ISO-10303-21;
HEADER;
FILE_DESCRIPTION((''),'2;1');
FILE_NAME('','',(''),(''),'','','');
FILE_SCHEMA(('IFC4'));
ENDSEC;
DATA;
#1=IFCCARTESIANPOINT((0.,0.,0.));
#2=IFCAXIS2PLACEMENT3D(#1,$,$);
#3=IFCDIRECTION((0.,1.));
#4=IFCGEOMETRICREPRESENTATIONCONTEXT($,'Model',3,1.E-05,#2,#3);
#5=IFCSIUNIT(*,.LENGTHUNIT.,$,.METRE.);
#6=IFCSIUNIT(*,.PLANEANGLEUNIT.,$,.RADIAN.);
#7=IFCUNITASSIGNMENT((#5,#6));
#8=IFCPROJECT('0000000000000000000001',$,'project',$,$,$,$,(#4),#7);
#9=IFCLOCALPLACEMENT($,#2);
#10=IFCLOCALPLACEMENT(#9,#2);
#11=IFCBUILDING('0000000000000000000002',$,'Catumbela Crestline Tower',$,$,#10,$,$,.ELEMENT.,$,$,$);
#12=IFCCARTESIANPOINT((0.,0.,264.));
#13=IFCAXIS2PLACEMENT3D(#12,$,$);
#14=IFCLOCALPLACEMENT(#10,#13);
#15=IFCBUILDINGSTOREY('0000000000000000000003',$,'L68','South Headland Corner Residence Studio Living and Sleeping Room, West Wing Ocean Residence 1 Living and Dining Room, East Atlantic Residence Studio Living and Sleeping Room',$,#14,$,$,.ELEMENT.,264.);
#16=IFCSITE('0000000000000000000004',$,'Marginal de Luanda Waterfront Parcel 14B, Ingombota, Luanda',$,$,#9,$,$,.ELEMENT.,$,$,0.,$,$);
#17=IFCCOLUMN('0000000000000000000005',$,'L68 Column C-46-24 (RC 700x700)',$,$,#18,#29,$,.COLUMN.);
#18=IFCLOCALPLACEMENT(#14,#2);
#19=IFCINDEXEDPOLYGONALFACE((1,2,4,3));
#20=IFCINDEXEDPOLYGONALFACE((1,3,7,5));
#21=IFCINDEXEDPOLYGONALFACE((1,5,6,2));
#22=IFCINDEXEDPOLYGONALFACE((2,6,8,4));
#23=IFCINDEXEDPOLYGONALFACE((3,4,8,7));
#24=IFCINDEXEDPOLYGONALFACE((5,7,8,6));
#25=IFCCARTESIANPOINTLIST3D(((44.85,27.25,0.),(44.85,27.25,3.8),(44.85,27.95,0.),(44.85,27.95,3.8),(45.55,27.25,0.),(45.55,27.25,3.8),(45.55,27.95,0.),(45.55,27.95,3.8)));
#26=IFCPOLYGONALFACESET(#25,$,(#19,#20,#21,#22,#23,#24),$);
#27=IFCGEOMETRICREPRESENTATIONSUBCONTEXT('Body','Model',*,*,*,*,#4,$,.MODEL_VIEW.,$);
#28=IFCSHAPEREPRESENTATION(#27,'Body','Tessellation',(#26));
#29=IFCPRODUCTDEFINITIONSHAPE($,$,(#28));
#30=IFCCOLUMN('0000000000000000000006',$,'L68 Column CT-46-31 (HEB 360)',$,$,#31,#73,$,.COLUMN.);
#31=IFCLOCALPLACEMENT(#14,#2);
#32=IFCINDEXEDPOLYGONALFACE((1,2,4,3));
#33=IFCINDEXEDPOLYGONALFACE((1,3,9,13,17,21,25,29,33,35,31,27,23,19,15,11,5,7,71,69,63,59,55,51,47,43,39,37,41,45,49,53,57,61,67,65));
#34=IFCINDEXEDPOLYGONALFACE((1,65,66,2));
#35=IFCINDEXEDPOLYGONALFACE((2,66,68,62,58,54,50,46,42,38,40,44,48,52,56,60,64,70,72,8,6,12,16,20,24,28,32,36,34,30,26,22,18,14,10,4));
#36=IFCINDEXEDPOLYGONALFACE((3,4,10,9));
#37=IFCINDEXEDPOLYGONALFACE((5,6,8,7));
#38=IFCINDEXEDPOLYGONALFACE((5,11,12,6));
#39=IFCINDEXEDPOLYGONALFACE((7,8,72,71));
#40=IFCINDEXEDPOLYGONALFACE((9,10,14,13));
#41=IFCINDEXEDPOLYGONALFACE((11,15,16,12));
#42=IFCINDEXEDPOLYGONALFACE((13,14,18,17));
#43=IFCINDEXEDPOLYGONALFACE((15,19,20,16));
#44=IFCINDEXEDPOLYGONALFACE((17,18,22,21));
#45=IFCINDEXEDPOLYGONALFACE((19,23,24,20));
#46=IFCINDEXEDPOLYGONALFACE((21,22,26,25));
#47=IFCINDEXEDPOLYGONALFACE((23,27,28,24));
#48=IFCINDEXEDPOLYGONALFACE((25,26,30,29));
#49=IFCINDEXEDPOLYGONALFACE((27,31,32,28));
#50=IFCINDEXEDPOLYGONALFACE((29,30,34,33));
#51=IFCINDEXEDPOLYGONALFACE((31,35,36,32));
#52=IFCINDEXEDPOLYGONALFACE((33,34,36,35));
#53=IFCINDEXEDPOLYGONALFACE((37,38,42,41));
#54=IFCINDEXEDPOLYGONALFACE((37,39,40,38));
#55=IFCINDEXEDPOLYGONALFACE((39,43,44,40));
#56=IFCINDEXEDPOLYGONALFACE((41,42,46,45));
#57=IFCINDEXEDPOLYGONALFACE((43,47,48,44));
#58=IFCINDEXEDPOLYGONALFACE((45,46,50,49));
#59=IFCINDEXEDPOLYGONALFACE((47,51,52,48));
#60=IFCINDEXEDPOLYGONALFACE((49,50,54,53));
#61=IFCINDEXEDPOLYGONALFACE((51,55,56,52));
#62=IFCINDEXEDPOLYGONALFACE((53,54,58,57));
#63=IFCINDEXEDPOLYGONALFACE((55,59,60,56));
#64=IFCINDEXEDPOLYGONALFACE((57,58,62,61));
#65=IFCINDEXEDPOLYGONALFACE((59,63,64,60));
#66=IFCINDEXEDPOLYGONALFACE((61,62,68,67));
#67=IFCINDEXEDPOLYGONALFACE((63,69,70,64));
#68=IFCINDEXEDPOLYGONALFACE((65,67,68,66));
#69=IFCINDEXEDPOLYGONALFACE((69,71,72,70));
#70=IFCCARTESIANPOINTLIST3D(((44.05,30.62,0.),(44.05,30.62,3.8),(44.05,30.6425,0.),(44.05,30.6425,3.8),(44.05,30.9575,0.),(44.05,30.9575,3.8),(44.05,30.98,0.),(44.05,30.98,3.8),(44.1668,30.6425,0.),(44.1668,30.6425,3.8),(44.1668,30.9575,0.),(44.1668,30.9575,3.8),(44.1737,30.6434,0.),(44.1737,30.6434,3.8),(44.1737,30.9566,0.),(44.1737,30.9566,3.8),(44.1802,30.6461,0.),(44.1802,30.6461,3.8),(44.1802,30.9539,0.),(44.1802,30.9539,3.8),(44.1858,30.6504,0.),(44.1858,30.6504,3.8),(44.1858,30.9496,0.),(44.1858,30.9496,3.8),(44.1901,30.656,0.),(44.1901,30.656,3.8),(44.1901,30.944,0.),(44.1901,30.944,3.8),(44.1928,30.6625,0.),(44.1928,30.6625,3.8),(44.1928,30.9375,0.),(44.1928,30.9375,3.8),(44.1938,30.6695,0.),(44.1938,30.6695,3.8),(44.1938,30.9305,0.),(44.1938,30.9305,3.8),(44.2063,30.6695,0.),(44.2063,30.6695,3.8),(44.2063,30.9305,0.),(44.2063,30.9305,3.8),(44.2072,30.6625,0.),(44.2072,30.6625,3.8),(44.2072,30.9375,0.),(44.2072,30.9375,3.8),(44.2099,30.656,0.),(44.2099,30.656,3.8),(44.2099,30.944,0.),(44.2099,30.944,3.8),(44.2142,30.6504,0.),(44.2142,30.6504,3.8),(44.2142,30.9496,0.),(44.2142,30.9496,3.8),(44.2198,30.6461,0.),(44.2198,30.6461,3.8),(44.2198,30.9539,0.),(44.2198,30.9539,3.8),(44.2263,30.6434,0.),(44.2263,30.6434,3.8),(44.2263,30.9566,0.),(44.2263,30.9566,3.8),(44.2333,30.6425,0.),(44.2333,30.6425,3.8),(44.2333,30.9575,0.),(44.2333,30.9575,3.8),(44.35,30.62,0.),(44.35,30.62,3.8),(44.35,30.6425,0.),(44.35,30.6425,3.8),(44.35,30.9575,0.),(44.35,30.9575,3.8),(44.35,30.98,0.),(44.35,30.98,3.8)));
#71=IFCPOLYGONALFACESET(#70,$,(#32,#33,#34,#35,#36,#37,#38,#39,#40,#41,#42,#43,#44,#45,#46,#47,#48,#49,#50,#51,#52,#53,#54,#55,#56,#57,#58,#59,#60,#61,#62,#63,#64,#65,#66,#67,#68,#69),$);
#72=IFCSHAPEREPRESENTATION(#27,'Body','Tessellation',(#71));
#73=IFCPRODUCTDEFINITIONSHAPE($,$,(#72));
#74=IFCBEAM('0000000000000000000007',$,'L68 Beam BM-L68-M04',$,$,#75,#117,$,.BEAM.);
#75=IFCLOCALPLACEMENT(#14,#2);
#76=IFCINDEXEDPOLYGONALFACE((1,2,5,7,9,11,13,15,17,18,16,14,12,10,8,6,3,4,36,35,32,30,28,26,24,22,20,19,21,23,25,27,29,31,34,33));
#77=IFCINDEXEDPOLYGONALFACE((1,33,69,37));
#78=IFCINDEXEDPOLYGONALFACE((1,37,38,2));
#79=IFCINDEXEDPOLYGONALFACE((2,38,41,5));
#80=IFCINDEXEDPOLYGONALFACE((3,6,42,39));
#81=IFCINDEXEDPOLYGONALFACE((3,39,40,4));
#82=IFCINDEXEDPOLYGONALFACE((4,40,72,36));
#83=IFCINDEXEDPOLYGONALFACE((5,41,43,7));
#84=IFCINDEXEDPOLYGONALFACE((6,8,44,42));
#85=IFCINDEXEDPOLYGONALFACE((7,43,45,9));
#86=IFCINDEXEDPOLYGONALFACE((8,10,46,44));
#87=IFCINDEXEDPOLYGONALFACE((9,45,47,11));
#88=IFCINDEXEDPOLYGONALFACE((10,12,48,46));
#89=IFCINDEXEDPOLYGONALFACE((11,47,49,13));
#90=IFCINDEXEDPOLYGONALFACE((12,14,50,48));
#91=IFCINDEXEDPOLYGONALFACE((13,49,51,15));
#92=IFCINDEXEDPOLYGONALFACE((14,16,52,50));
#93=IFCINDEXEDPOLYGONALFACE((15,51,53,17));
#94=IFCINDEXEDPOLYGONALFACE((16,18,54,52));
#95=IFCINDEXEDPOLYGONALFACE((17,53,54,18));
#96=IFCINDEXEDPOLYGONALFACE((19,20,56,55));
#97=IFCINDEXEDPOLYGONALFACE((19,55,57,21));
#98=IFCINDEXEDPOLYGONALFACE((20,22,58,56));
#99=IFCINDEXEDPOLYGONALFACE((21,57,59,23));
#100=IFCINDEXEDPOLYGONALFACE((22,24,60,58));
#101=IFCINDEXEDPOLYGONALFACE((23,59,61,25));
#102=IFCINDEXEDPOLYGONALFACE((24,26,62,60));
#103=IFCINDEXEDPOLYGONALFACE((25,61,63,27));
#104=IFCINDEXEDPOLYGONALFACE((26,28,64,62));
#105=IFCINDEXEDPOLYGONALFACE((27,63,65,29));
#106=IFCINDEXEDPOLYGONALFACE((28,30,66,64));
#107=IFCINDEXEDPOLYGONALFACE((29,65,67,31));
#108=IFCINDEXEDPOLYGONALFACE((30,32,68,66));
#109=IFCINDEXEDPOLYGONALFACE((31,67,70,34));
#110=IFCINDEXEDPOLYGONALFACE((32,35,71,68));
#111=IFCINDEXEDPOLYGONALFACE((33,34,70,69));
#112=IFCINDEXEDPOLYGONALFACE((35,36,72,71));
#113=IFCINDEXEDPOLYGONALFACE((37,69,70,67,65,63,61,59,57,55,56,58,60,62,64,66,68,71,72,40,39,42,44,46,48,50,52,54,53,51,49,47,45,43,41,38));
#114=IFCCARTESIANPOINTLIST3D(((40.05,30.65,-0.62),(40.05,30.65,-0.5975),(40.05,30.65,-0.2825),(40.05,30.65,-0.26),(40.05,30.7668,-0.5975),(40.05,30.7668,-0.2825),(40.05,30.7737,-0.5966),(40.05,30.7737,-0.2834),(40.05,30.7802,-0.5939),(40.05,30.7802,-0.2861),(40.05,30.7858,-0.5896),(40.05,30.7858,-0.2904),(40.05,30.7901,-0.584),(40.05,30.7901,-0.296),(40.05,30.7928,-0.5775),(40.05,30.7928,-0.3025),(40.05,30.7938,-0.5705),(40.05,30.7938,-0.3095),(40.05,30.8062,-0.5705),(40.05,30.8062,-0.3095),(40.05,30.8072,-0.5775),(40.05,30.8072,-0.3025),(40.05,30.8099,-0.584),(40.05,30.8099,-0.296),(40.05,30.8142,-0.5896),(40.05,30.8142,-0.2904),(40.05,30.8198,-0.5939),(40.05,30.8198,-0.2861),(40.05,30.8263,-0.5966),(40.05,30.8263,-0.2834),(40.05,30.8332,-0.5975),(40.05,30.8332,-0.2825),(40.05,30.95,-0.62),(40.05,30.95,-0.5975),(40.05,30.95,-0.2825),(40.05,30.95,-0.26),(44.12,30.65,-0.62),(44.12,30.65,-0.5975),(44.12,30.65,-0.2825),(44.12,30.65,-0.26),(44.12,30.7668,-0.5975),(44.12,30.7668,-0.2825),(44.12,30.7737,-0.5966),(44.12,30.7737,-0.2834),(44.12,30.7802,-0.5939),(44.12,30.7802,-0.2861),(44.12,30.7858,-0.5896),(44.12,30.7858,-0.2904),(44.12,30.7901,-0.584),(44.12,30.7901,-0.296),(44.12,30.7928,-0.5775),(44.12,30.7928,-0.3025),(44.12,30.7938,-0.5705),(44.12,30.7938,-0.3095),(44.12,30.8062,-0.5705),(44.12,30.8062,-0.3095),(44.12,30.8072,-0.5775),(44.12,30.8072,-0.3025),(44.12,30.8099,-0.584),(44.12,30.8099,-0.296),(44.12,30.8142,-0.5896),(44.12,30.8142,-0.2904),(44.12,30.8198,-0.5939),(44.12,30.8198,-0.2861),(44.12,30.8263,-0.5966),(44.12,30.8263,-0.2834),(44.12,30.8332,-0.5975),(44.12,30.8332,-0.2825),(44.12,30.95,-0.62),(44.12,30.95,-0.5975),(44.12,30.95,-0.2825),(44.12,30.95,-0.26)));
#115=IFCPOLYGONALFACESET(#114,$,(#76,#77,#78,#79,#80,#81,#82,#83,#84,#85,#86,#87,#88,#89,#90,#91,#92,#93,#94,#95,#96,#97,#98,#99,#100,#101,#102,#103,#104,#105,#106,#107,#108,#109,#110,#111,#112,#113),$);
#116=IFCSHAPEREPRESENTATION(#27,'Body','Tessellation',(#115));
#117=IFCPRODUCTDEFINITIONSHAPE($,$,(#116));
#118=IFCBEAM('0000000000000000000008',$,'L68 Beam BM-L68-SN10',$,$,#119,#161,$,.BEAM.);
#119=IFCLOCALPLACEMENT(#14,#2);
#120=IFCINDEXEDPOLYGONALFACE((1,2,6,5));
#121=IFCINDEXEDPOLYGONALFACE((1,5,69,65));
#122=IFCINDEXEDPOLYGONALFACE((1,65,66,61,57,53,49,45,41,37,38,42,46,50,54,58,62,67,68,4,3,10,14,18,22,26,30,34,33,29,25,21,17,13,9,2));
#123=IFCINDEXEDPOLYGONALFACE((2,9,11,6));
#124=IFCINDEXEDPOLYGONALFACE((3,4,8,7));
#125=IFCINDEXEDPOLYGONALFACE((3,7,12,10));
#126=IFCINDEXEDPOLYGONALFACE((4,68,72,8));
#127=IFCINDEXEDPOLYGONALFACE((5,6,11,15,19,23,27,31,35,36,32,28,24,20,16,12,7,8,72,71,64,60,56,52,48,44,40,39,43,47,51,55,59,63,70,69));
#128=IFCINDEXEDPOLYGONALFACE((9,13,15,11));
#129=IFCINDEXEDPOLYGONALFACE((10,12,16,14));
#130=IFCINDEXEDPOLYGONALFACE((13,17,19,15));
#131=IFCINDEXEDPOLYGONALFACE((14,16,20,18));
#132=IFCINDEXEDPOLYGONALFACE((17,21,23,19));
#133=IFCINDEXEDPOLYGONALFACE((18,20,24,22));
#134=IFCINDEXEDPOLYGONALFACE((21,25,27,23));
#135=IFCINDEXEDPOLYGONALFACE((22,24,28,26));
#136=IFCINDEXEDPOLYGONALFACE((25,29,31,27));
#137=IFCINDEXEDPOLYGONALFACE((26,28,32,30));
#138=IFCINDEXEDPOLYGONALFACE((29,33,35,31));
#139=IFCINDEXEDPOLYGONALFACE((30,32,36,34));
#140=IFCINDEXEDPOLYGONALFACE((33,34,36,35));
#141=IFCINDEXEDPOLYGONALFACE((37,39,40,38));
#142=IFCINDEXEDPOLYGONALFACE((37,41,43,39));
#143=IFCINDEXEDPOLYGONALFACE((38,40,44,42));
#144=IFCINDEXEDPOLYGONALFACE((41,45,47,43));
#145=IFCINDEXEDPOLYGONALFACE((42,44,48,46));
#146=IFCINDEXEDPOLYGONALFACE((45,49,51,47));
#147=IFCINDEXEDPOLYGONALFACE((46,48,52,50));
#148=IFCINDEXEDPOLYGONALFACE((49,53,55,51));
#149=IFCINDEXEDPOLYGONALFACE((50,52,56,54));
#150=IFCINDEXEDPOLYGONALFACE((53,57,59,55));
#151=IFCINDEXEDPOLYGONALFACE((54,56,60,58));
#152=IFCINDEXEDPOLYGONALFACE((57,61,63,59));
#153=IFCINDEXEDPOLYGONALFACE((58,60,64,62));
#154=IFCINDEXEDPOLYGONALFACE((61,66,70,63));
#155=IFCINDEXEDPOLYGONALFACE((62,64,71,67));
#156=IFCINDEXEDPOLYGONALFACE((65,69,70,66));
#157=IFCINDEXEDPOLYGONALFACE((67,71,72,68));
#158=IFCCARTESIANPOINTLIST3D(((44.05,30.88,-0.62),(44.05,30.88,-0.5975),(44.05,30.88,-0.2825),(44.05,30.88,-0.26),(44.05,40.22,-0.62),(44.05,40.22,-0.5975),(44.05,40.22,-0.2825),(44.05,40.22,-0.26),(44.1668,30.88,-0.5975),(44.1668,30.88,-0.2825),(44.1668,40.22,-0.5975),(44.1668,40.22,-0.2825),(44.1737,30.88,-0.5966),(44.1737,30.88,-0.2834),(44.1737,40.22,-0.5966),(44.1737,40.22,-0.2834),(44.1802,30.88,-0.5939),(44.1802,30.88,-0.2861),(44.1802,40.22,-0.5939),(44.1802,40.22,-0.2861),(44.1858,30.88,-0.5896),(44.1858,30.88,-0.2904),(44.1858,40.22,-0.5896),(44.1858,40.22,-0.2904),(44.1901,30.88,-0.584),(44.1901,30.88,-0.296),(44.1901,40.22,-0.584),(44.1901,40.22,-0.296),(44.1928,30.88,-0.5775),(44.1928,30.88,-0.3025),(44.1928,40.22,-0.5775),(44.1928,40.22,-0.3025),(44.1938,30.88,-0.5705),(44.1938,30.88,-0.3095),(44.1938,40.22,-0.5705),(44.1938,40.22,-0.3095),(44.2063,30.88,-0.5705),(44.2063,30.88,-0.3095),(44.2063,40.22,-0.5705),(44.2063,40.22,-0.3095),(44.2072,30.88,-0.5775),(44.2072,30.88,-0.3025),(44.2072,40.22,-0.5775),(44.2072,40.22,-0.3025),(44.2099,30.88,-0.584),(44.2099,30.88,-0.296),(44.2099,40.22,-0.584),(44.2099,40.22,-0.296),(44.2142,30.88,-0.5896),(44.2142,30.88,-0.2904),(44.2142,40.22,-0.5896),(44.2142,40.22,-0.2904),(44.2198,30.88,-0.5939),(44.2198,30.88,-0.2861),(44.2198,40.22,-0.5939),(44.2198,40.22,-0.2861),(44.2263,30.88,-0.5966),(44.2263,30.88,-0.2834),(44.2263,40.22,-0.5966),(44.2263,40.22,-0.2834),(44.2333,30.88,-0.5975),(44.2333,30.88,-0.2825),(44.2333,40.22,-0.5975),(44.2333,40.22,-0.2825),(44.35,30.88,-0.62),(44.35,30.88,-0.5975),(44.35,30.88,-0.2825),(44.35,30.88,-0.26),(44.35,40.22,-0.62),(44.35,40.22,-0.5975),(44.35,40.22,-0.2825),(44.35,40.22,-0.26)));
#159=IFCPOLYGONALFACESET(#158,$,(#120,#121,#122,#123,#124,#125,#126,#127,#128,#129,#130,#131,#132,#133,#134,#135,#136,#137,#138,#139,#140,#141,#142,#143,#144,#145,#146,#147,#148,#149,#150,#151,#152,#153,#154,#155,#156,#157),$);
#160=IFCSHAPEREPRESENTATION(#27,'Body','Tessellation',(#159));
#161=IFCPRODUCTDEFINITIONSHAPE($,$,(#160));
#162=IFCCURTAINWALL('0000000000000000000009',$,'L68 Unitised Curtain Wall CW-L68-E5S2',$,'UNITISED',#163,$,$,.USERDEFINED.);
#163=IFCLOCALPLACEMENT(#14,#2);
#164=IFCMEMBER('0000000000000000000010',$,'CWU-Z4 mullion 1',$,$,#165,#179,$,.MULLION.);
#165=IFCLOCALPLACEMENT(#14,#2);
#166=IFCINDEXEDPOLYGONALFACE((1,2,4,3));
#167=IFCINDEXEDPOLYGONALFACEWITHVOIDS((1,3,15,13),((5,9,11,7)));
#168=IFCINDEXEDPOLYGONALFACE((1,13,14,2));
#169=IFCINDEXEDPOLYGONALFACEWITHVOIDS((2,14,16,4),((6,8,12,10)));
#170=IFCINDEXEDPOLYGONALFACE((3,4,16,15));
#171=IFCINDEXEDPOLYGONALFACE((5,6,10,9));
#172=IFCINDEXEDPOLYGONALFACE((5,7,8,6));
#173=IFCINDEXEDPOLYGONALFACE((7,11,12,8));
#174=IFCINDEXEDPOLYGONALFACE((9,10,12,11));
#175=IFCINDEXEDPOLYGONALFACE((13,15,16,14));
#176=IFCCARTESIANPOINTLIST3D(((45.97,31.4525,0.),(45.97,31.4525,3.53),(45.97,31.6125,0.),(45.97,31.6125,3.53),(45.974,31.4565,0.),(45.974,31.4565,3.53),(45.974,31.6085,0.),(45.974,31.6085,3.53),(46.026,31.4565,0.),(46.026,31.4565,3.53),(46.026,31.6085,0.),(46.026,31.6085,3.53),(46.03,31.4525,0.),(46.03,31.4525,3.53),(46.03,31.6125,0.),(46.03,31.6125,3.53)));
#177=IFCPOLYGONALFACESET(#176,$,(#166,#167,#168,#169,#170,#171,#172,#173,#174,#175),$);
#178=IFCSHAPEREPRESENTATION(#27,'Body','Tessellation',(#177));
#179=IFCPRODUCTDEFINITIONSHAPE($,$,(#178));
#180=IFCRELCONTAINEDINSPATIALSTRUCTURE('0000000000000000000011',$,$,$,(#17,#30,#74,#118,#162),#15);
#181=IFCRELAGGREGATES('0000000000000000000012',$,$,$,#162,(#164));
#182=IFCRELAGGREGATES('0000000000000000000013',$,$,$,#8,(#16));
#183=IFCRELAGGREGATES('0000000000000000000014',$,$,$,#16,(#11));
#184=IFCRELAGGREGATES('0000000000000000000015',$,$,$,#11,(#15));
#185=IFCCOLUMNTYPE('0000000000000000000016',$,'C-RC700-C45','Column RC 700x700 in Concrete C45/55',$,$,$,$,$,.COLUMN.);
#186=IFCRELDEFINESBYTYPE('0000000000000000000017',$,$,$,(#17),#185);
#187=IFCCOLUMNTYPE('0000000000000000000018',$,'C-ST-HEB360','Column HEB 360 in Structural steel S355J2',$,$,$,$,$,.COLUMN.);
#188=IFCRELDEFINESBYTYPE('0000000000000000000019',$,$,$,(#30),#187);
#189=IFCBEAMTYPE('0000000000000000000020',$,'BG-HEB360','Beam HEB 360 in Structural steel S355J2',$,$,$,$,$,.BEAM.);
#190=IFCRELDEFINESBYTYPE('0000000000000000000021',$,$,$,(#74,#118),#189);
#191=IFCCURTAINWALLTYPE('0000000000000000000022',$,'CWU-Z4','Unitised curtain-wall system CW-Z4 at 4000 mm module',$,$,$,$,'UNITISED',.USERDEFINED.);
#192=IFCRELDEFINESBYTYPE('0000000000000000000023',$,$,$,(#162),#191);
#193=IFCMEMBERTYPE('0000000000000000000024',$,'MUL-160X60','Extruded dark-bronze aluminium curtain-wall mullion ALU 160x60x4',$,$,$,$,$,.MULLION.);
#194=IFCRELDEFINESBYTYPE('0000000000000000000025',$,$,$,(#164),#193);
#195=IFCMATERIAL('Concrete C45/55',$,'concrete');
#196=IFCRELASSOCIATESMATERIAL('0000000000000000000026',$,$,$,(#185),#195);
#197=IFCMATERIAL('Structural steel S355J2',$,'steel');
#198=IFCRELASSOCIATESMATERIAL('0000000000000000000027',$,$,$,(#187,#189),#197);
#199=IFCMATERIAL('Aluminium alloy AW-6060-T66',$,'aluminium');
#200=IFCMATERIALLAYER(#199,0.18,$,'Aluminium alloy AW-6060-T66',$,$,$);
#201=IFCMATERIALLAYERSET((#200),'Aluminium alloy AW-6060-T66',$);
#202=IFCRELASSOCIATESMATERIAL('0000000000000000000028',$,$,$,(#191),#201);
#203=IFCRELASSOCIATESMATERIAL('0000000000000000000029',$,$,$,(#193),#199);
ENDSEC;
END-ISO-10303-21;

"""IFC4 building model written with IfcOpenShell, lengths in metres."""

from ifc_helpers import new_model, si_unit, direction, frame, origin, origin_2d, place, context, subcontext, project, spatial, rectangle, hollow_rectangle, i_section, extrude, material, layer, layer_set, material_profile, profile_set, type_object, element, aggregate, save


model = new_model("IFC4")

# Units and contexts
model_context = context("Model", 3, precision=1e-05, world=origin(), true_north=direction((0.0, 1.0)))
body_context = subcontext(model_context, "Body", "Model", "MODEL_VIEW")
ifc_project = project(units=[si_unit("LENGTHUNIT", "METRE"), si_unit("PLANEANGLEUNIT", "RADIAN")], contexts=[model_context])

# Site, building, storey
site_placement = place(None, origin())
site = spatial("IfcSite", under=ifc_project, at=site_placement, Name="Marginal de Luanda Waterfront Parcel 14B, Ingombota, Luanda", CompositionType="ELEMENT", RefElevation=0.0)
building_placement = place(site_placement, origin())
building = spatial("IfcBuilding", under=site, at=building_placement, Name="Catumbela Crestline Tower", CompositionType="ELEMENT")
storey_placement = place(building_placement, frame((0.0, 0.0, 264.0)))
storey = spatial("IfcBuildingStorey", under=building, at=storey_placement, Name="L68", Description="South Headland Corner Residence Studio Living and Sleeping Room, West Wing Ocean Residence 1 Living and Dining Room, East Atlantic Residence Studio Living and Sleeping Room", CompositionType="ELEMENT", Elevation=264.0)

# Columns
ifc_material_1 = material(Name="Concrete C45/55", Category="concrete")
ifc_material_profile_1 = material_profile(ifc_material_1, rectangle(XDim=0.7, YDim=0.7, at=origin_2d()), Name="RC 700x700")
ifc_profile_set_1 = profile_set([ifc_material_profile_1], Name="Concrete C45/55")
column_type_1 = type_object("IfcColumnType", Name="C-RC700-C45", Description="Column RC 700x700 in Concrete C45/55", PredefinedType="COLUMN", material=ifc_profile_set_1)
column_1_placement = place(storey_placement, frame((45.2, 27.6, 0.0), z_axis=(0.0, 0.0, 1.0), x_axis=(1.0, 0.0, 0.0)))
element("IfcColumn", 1, at=column_1_placement, inside=storey, type_object=column_type_1, Name="L68 Column C-46-24 (RC 700x700)", PredefinedType="COLUMN", context=body_context, shape_type="SweptSolid", body=[
    extrude(rectangle(XDim=0.7, YDim=0.7, at=origin_2d()), origin(), (0.0, 0.0, 1.0), 3.8),
])
ifc_material_2 = material(Name="Structural steel S355J2", Category="steel")
ifc_material_profile_2 = material_profile(ifc_material_2, i_section(OverallWidth=0.3, OverallDepth=0.36, WebThickness=0.0125, FlangeThickness=0.0225, FilletRadius=0.027, at=origin_2d()), Name="HEB 360")
ifc_profile_set_2 = profile_set([ifc_material_profile_2], Name="Structural steel S355J2")
column_type_2 = type_object("IfcColumnType", Name="C-ST-HEB360", Description="Column HEB 360 in Structural steel S355J2", PredefinedType="COLUMN", material=ifc_profile_set_2)
column_2_placement = place(storey_placement, frame((44.2, 30.8, 0.0), z_axis=(0.0, 0.0, 1.0), x_axis=(1.0, 0.0, 0.0)))
element("IfcColumn", 2, at=column_2_placement, inside=storey, type_object=column_type_2, Name="L68 Column CT-46-31 (HEB 360)", PredefinedType="COLUMN", context=body_context, shape_type="SweptSolid", body=[
    extrude(i_section(OverallWidth=0.3, OverallDepth=0.36, WebThickness=0.0125, FlangeThickness=0.0225, FilletRadius=0.027, at=origin_2d()), origin(), (0.0, 0.0, 1.0), 3.8),
])

# Beams
ifc_material_profile_3 = material_profile(ifc_material_2, i_section(OverallWidth=0.3, OverallDepth=0.36, WebThickness=0.0125, FlangeThickness=0.0225, FilletRadius=0.027, at=origin_2d()), Name="HEB 360")
ifc_profile_set_3 = profile_set([ifc_material_profile_3], Name="Structural steel S355J2")
beam_type_1 = type_object("IfcBeamType", Name="BG-HEB360", Description="Beam HEB 360 in Structural steel S355J2", PredefinedType="BEAM", material=ifc_profile_set_3)
beam_1_placement = place(storey_placement, frame((40.05, 30.8, -0.44), z_axis=(1.0, 0.0, 0.0), x_axis=(0.0, 1.0, 0.0)))
element("IfcBeam", 3, at=beam_1_placement, inside=storey, type_object=beam_type_1, Name="L68 Beam BM-L68-M04", PredefinedType="BEAM", context=body_context, shape_type="SweptSolid", body=[
    extrude(i_section(OverallWidth=0.3, OverallDepth=0.36, WebThickness=0.0125, FlangeThickness=0.0225, FilletRadius=0.027, at=origin_2d()), origin(), (0.0, 0.0, 1.0), 4.07),
])
beam_2_placement = place(storey_placement, frame((44.2, 30.88, -0.44), z_axis=(0.0, 1.0, 0.0), x_axis=(-1.0, 0.0, 0.0)))
element("IfcBeam", 4, at=beam_2_placement, inside=storey, type_object=beam_type_1, Name="L68 Beam BM-L68-SN10", PredefinedType="BEAM", context=body_context, shape_type="SweptSolid", body=[
    extrude(i_section(OverallWidth=0.3, OverallDepth=0.36, WebThickness=0.0125, FlangeThickness=0.0225, FilletRadius=0.027, at=origin_2d()), origin(), (0.0, 0.0, 1.0), 9.34),
])

# Curtain wall, member
ifc_material_3 = material(Name="Aluminium alloy AW-6060-T66", Category="aluminium")
ifc_layer_1 = layer(ifc_material_3, 0.18, Name="Aluminium alloy AW-6060-T66")
ifc_layer_set_1 = layer_set([ifc_layer_1], Name="Aluminium alloy AW-6060-T66")
curtain_wall_type = type_object("IfcCurtainWallType", Name="CWU-Z4", Description="Unitised curtain-wall system CW-Z4 at 4000 mm module", ElementType="UNITISED", PredefinedType="USERDEFINED", material=ifc_layer_set_1)
curtain_wall_placement = place(storey_placement, origin())
curtain_wall = element("IfcCurtainWall", 5, at=curtain_wall_placement, inside=storey, type_object=curtain_wall_type, Name="L68 Unitised Curtain Wall CW-L68-E5S2", ObjectType="UNITISED", PredefinedType="USERDEFINED")
ifc_material_profile_4 = material_profile(ifc_material_3, hollow_rectangle(XDim=0.06, YDim=0.16, WallThickness=0.004, at=origin_2d()), Name="ALU 160x60x4")
ifc_profile_set_4 = profile_set([ifc_material_profile_4], Name="Aluminium alloy AW-6060-T66")
member_type_1 = type_object("IfcMemberType", Name="MUL-160X60", Description="Extruded dark-bronze aluminium curtain-wall mullion ALU 160x60x4", PredefinedType="MULLION", material=ifc_profile_set_4)
member_1_placement = place(storey_placement, frame((46.0, 31.5325, 0.0), z_axis=(0.0, 0.0, 1.0), x_axis=(-1.0, 0.0, 0.0)))
member_1 = element("IfcMember", 6, at=member_1_placement, type_object=member_type_1, Name="CWU-Z4 mullion 1", PredefinedType="MULLION", context=body_context, shape_type="SweptSolid", body=[
    extrude(hollow_rectangle(XDim=0.06, YDim=0.16, WallThickness=0.004, at=origin_2d()), origin(), (0.0, 0.0, 1.0), 3.53),
])

aggregate(curtain_wall, [member_1])

save(model, "model.ifc")
